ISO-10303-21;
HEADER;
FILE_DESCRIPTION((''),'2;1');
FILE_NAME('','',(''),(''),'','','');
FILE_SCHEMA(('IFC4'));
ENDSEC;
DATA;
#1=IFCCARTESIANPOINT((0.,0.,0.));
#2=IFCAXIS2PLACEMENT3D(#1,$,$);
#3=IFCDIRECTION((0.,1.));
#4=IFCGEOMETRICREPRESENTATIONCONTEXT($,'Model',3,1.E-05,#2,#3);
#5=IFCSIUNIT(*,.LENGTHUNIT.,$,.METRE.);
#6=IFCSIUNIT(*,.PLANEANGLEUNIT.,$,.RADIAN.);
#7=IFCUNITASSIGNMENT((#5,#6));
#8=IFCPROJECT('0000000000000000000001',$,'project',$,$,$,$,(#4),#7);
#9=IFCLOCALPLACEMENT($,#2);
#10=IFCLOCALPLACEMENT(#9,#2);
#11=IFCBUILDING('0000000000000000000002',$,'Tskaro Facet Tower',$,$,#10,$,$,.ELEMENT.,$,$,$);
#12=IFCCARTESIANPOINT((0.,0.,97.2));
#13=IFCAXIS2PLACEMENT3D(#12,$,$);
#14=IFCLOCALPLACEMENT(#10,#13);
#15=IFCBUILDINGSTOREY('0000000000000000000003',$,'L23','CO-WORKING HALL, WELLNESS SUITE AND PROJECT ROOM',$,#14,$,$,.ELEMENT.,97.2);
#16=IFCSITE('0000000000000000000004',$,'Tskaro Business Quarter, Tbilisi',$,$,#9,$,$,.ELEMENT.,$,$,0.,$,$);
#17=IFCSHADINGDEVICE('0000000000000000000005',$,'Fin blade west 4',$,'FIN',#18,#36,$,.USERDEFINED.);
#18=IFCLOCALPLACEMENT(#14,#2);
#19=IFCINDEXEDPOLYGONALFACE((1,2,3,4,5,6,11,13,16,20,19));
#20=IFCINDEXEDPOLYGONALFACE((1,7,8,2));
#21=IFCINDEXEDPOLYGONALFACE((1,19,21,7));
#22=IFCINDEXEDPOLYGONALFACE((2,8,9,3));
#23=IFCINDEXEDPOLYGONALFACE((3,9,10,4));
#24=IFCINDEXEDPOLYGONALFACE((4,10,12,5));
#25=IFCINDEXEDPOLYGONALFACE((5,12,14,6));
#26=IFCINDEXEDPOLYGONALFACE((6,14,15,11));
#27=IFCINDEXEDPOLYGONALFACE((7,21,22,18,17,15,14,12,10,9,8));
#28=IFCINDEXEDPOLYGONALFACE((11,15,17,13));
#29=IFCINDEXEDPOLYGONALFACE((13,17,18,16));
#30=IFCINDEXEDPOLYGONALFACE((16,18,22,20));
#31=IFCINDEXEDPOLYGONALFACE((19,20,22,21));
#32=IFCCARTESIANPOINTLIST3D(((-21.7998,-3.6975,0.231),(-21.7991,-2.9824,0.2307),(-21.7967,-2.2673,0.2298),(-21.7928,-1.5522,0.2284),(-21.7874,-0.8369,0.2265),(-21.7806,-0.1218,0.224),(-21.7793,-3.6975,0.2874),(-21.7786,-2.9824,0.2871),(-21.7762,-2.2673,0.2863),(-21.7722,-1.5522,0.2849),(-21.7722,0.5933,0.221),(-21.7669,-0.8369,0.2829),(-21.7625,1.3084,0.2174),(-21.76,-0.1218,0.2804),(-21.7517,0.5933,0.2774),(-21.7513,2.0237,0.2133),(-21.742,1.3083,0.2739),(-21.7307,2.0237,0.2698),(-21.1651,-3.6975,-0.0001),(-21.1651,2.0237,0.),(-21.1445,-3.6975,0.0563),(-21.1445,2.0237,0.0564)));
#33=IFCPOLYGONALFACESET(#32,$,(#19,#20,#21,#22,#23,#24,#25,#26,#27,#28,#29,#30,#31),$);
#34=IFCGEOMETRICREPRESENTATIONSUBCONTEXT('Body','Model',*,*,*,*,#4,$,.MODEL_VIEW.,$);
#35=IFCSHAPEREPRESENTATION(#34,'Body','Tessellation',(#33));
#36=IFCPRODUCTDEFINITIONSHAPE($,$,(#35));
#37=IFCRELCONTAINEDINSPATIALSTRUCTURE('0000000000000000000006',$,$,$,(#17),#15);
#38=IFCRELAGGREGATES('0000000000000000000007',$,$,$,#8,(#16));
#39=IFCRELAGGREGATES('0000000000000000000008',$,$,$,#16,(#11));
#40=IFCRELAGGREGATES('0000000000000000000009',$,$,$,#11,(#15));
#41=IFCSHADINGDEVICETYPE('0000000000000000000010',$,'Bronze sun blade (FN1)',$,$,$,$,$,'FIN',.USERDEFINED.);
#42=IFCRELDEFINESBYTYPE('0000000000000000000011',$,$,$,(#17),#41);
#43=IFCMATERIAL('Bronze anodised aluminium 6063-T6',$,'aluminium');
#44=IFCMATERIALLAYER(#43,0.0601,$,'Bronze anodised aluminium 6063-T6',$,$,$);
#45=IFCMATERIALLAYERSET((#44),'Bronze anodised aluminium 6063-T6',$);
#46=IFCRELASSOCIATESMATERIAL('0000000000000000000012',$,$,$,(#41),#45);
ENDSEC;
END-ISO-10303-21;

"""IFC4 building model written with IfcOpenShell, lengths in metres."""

from ifc_helpers import new_model, si_unit, direction, frame, origin, place, context, subcontext, project, spatial, polyline, outline, extrude, material, layer, layer_set, type_object, element, save


model = new_model("IFC4")

# Units and contexts
model_context = context("Model", 3, precision=1e-05, world=origin(), true_north=direction((0.0, 1.0)))
body_context = subcontext(model_context, "Body", "Model", "MODEL_VIEW")
ifc_project = project(units=[si_unit("LENGTHUNIT", "METRE"), si_unit("PLANEANGLEUNIT", "RADIAN")], contexts=[model_context])

# Site, building, storey
site_placement = place(None, origin())
site = spatial("IfcSite", under=ifc_project, at=site_placement, Name="Tskaro Business Quarter, Tbilisi", CompositionType="ELEMENT", RefElevation=0.0)
building_placement = place(site_placement, origin())
building = spatial("IfcBuilding", under=site, at=building_placement, Name="Tskaro Facet Tower", CompositionType="ELEMENT")
storey_placement = place(building_placement, frame((0.0, 0.0, 97.2)))
storey = spatial("IfcBuildingStorey", under=building, at=storey_placement, Name="L23", Description="CO-WORKING HALL, WELLNESS SUITE AND PROJECT ROOM", CompositionType="ELEMENT", Elevation=97.2)

# Shared definitions
ifc_material_1 = material(Name="Bronze anodised aluminium 6063-T6", Category="aluminium")

# Shading device
ifc_layer_1 = layer(ifc_material_1, 0.0601, Name="Bronze anodised aluminium 6063-T6")
ifc_layer_set_1 = layer_set([ifc_layer_1], Name="Bronze anodised aluminium 6063-T6")
shading_device_type = type_object("IfcShadingDeviceType", Name="Bronze sun blade (FN1)", ElementType="FIN", PredefinedType="USERDEFINED", material=ifc_layer_set_1)
shading_device_1_placement = place(storey_placement, frame((-21.1445, 2.0237, 0.0564), z_axis=(0.342067, -0.000009, 0.939676), x_axis=(-0.000003, -1.0, -0.000009)))
element("IfcShadingDevice", 1, at=shading_device_1_placement, inside=storey, type_object=shading_device_type, Name="Fin blade west 4", ObjectType="FIN", PredefinedType="USERDEFINED", context=body_context, shape_type="SweptSolid", body=[
    extrude(outline(polyline([(0.0, 0.0), (5.7212, 0.0), (5.7212, -0.6755), (5.0061, -0.6747), (4.291, -0.6722), (3.5759, -0.668), (2.8606, -0.6623), (2.1455, -0.655), (1.4304, -0.6461), (0.7153, -0.6358), (0.0, -0.6238), (0.0, 0.0)])), origin(), (0.0, 0.0, -1.0), 0.0601),
])

save(model, "model.ifc")
